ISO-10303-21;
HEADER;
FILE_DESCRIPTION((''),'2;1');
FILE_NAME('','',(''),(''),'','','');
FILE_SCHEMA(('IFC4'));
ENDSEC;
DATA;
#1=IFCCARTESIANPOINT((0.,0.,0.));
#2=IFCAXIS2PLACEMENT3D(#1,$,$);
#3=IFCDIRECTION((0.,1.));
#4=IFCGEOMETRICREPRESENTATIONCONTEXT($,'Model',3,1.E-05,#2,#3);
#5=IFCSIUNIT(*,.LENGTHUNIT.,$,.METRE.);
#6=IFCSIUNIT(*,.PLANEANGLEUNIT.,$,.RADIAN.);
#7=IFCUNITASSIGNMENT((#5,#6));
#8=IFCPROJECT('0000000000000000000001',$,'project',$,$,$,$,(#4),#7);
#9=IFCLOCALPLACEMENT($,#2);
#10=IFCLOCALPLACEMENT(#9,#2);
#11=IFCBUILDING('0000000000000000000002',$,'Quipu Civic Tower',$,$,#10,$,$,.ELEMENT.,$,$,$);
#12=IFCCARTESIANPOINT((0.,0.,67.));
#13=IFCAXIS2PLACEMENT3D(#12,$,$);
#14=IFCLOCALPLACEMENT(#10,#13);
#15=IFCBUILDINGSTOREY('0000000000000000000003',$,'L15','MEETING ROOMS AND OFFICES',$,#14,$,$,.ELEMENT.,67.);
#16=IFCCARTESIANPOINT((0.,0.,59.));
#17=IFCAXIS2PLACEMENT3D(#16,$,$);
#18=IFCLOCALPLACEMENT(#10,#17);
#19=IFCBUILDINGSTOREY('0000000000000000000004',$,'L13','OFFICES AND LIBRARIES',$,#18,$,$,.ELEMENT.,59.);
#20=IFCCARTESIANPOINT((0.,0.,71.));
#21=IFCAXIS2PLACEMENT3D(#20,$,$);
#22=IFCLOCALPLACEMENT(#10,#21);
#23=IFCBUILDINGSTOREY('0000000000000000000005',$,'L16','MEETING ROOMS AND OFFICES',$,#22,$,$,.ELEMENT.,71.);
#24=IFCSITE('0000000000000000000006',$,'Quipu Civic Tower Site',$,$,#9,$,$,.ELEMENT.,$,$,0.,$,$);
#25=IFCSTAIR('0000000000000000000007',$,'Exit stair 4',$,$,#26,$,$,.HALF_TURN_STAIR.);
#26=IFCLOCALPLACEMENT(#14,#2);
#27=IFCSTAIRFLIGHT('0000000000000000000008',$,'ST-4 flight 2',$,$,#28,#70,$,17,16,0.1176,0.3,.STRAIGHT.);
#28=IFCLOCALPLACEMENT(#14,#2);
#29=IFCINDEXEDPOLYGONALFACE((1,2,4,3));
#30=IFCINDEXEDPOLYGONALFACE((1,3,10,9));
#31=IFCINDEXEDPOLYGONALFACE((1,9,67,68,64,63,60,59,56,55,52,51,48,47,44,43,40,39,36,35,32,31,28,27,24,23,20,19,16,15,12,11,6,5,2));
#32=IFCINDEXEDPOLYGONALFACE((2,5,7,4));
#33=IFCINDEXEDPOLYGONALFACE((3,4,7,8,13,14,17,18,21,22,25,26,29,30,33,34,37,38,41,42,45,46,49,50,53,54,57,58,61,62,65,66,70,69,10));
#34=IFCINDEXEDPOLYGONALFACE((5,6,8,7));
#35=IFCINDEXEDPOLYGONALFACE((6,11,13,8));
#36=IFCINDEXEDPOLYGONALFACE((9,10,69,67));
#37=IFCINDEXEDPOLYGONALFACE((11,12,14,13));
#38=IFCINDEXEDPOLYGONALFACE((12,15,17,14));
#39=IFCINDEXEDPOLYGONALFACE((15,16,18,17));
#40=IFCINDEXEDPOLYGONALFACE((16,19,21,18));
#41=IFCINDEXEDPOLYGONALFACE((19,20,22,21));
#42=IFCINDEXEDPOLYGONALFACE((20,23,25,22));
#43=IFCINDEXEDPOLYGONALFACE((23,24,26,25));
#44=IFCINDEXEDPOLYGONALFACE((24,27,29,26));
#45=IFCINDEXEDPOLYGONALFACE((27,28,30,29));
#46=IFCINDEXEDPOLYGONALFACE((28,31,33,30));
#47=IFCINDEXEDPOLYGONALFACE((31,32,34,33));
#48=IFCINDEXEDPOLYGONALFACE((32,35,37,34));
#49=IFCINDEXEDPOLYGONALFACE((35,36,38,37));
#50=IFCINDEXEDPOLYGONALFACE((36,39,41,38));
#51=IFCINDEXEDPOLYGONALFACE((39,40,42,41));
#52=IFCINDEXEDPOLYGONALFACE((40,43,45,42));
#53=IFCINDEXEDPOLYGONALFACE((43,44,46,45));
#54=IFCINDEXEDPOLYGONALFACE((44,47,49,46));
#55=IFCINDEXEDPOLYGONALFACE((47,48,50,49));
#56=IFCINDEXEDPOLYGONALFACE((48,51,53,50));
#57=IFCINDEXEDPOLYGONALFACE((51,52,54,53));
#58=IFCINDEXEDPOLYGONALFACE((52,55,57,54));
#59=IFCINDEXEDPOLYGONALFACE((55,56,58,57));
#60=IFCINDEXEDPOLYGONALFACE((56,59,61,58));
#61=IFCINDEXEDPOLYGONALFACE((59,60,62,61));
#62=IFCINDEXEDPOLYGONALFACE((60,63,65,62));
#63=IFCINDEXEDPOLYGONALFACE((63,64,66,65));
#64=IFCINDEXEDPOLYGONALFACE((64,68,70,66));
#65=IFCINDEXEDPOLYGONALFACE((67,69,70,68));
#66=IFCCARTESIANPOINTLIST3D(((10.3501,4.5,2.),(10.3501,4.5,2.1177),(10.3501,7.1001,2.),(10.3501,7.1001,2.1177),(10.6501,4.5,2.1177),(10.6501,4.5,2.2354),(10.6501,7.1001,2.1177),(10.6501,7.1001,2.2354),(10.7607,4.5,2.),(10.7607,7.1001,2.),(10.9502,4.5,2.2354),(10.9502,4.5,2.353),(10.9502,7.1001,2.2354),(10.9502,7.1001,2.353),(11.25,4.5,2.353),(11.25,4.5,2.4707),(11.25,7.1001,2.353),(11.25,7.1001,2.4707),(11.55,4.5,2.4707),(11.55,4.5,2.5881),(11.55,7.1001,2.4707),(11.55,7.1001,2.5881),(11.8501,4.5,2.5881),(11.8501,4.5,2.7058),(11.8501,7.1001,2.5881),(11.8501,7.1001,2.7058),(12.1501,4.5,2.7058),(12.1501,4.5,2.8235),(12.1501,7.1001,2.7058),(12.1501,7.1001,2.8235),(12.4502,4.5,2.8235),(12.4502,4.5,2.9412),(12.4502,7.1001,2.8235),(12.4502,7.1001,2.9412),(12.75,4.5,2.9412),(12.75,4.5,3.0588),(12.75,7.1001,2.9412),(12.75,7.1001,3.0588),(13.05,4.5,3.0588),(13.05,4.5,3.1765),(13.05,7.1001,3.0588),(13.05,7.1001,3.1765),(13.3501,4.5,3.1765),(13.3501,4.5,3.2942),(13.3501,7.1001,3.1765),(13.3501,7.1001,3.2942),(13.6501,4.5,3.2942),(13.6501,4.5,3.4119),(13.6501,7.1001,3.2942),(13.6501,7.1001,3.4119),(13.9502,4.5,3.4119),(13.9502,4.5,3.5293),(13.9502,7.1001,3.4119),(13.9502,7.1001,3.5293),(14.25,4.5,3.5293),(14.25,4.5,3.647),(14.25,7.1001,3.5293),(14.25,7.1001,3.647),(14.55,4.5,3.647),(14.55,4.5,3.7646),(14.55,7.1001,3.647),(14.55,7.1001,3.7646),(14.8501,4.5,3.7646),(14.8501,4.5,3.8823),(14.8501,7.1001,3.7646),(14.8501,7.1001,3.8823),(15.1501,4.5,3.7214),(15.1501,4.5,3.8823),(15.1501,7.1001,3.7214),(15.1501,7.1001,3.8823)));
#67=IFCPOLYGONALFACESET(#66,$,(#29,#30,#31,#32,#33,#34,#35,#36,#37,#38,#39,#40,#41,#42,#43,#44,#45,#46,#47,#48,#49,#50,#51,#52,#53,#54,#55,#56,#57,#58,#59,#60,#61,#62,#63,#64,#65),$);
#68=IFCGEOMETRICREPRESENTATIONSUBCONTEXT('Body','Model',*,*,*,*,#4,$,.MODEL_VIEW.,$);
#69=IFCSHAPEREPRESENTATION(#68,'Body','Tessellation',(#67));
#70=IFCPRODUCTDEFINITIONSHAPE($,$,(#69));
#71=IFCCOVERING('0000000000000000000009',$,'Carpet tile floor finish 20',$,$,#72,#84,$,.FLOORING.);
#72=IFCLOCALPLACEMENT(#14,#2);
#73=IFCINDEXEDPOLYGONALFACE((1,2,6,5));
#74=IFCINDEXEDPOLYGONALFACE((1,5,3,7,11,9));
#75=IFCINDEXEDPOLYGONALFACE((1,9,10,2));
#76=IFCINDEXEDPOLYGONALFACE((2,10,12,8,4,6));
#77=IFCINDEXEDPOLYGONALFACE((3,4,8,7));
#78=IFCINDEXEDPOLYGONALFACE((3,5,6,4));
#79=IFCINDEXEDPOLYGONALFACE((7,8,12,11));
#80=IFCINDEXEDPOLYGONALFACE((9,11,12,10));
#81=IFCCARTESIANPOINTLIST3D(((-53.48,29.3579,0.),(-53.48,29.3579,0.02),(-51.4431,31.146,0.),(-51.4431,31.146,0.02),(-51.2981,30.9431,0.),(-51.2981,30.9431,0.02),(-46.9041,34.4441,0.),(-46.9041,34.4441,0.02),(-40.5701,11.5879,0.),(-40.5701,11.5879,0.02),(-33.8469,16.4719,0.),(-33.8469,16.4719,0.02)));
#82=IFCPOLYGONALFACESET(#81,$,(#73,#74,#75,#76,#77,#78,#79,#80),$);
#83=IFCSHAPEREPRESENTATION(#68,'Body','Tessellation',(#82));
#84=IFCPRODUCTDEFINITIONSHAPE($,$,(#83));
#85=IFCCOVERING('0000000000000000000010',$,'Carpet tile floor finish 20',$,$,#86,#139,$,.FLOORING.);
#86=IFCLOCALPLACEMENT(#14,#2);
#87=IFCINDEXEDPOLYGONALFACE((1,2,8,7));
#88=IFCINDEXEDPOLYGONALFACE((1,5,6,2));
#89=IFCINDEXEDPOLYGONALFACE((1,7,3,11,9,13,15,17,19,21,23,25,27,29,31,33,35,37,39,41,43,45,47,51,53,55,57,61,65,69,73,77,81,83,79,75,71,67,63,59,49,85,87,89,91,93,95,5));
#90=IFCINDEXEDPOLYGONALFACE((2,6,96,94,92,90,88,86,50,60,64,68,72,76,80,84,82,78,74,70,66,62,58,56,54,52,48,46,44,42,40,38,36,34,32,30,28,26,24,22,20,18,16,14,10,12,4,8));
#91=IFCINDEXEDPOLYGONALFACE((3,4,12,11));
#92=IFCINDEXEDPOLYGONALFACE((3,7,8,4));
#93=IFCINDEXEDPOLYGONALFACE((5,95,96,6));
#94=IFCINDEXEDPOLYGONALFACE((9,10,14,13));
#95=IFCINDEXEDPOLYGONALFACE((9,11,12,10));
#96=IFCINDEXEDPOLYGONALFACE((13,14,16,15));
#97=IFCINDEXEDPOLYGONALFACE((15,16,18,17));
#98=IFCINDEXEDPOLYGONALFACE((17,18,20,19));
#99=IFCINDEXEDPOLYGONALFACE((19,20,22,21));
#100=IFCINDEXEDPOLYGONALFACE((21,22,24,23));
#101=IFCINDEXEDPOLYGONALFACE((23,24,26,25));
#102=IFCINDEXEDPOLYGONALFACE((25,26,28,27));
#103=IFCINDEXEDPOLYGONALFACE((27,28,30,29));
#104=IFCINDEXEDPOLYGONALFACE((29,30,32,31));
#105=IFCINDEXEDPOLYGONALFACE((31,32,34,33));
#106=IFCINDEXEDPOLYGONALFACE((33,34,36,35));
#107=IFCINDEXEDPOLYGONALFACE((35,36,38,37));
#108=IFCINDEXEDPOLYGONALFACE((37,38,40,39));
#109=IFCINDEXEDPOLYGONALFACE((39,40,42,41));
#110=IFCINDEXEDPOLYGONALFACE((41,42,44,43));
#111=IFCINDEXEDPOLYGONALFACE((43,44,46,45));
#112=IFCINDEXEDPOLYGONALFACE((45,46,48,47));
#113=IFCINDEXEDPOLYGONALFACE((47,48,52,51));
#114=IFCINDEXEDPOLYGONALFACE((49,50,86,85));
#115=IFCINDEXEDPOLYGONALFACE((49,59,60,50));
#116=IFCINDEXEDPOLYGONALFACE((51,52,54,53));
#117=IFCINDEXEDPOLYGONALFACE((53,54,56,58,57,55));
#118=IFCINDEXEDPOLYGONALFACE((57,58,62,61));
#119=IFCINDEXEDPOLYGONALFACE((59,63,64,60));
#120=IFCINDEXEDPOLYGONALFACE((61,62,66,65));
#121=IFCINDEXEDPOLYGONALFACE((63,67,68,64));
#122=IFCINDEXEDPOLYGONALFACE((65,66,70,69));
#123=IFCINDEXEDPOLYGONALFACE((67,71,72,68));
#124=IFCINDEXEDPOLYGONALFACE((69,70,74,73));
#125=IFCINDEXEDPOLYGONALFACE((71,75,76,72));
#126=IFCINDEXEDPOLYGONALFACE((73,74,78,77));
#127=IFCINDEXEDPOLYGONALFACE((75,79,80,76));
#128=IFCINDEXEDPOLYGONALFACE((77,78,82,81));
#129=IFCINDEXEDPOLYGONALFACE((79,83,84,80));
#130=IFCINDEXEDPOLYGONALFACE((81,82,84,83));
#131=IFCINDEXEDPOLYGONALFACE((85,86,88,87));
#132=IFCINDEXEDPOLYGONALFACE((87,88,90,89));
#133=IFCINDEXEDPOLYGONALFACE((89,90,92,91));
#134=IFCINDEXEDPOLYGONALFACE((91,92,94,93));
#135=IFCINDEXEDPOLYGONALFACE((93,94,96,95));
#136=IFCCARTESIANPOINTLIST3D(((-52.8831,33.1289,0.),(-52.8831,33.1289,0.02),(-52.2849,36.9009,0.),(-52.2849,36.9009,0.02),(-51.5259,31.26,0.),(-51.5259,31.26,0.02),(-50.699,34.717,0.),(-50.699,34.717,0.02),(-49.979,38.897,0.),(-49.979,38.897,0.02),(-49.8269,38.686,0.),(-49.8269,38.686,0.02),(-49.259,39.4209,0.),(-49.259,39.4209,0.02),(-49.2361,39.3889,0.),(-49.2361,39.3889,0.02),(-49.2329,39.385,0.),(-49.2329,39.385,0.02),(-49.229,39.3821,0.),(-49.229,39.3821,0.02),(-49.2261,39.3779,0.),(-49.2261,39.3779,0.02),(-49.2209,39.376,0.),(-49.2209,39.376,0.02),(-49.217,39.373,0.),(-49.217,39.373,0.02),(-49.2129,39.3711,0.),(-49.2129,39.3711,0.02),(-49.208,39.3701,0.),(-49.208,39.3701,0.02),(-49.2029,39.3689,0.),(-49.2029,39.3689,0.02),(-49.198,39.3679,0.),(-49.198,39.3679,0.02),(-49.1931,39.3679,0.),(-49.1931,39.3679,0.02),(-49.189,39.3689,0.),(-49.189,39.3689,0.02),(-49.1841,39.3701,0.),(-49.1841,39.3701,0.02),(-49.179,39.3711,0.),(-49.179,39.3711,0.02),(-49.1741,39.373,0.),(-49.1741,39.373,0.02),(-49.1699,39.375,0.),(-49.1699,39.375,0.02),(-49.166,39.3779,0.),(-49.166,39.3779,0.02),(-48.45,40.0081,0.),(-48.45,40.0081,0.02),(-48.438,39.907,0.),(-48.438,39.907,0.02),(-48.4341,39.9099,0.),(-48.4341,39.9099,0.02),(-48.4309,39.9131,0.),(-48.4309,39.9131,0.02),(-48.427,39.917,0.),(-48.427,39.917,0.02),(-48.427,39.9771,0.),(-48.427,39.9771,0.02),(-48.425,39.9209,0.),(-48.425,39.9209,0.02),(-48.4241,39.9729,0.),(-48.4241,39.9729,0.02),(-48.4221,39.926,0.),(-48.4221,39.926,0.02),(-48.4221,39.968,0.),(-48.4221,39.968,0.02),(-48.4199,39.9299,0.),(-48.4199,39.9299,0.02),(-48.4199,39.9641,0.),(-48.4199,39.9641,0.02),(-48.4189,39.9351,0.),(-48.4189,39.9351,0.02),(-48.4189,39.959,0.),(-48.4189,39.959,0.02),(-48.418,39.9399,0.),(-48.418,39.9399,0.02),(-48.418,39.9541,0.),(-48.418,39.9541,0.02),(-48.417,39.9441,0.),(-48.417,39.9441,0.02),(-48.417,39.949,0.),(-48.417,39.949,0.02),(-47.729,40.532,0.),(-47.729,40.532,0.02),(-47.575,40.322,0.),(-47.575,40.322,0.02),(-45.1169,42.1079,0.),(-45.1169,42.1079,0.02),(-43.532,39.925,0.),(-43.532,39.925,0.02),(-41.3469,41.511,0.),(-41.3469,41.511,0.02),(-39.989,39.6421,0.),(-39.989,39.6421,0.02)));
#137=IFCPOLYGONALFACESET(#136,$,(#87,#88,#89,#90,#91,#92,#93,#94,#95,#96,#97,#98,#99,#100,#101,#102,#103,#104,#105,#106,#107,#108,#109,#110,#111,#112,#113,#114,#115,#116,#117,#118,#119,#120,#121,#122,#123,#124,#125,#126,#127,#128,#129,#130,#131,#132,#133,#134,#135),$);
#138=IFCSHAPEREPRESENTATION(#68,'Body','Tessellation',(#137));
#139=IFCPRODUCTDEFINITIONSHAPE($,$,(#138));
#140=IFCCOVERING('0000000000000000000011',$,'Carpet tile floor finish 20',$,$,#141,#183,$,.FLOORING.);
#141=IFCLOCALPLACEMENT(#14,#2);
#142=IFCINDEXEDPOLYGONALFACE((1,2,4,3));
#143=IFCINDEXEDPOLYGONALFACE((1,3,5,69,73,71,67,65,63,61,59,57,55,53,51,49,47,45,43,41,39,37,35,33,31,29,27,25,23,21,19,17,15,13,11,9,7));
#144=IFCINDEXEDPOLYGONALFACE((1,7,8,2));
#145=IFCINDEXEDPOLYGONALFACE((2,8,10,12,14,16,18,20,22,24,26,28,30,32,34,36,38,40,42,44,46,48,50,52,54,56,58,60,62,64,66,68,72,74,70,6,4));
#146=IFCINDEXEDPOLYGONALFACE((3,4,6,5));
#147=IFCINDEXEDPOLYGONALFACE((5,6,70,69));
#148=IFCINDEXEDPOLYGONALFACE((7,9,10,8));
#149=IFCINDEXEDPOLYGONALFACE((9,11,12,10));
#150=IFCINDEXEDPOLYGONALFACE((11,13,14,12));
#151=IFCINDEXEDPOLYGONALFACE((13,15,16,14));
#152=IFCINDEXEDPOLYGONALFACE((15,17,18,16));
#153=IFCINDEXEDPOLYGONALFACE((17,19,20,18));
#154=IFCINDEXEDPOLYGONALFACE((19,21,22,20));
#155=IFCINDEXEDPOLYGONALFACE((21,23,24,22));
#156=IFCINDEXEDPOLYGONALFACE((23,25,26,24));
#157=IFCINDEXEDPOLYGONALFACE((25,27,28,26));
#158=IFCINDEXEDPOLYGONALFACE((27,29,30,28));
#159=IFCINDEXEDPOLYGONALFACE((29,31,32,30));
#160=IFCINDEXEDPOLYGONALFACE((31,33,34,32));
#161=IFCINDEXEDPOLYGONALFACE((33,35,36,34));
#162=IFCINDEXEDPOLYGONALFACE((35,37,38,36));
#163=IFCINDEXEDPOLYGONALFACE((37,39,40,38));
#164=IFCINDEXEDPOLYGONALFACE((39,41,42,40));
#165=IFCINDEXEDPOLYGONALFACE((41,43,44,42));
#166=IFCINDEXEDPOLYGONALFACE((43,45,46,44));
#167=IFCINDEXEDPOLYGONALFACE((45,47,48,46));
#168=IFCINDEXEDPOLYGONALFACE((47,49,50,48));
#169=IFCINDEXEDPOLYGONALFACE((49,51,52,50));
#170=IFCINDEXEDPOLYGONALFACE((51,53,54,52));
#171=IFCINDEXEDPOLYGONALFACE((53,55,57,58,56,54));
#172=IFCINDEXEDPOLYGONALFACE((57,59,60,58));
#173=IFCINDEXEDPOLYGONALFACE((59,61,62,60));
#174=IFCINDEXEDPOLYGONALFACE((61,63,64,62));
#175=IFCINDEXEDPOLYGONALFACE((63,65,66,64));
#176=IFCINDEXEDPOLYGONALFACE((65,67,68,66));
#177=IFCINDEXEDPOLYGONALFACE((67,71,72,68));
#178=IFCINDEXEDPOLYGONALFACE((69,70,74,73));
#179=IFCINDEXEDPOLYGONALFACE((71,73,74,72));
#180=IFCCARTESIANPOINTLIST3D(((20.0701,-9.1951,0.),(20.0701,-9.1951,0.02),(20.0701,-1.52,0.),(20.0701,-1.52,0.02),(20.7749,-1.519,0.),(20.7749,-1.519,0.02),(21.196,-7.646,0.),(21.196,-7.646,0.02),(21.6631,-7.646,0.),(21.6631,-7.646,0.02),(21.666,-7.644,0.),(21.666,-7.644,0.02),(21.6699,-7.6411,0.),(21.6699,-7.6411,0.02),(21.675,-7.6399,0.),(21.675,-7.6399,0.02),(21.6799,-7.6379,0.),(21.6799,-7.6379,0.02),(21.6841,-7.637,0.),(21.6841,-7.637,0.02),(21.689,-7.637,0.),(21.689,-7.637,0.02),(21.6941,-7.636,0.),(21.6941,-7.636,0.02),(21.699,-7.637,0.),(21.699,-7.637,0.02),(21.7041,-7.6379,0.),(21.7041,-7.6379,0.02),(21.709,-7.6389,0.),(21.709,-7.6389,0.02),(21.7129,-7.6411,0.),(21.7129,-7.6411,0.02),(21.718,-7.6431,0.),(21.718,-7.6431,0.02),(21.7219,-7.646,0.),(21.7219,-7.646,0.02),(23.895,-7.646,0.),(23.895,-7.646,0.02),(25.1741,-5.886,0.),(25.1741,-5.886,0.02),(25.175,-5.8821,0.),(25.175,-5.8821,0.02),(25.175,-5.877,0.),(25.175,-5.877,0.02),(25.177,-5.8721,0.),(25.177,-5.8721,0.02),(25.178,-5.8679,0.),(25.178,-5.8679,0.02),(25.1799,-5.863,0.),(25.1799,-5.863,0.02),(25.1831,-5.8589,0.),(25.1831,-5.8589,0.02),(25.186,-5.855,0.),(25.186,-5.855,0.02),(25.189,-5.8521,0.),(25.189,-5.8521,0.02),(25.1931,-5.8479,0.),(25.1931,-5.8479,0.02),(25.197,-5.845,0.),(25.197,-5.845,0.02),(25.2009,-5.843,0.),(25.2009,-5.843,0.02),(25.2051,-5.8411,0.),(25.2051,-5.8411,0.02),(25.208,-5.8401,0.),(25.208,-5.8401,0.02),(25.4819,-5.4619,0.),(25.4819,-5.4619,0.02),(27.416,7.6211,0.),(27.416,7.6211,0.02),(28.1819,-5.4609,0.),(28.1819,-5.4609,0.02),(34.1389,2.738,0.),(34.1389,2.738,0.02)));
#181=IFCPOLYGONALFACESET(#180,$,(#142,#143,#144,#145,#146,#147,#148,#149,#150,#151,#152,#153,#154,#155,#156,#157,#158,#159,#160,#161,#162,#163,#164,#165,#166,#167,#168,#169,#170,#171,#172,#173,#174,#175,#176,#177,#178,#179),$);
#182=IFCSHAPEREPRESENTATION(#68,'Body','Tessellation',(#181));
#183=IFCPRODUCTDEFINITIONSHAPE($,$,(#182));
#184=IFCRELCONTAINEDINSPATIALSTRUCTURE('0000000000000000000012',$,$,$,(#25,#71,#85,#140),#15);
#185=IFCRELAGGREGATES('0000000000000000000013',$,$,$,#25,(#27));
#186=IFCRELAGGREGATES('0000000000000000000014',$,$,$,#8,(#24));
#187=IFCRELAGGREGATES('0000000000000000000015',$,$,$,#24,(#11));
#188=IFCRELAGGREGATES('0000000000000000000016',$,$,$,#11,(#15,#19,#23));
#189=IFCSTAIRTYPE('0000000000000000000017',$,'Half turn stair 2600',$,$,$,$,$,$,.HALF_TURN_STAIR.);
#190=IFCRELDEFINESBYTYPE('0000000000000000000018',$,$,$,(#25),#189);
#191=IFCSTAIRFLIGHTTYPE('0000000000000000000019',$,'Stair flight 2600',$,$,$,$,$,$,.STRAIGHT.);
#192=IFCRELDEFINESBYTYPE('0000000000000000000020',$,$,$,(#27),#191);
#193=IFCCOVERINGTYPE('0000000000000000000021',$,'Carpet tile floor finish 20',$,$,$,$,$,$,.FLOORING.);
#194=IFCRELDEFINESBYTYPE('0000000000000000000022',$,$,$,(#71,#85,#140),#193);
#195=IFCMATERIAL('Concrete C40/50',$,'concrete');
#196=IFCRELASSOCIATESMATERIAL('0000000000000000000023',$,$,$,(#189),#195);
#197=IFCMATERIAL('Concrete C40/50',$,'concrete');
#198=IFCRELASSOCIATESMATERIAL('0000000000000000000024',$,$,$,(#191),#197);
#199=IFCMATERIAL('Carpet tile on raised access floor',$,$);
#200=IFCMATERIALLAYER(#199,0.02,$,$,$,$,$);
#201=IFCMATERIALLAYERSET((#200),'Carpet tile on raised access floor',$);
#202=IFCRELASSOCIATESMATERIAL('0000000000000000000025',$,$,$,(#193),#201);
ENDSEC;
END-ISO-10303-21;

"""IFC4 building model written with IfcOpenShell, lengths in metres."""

from ifc_helpers import new_model, si_unit, direction, frame, origin, place, context, subcontext, project, spatial, polyline, outline, extrude, material, layer, layer_set, type_object, element, aggregate, save


model = new_model("IFC4")

# Units and contexts
model_context = context("Model", 3, precision=1e-05, world=origin(), true_north=direction((0.0, 1.0)))
body_context = subcontext(model_context, "Body", "Model", "MODEL_VIEW")
ifc_project = project(units=[si_unit("LENGTHUNIT", "METRE"), si_unit("PLANEANGLEUNIT", "RADIAN")], contexts=[model_context])

# Site, building, storey
site_placement = place(None, origin())
site = spatial("IfcSite", under=ifc_project, at=site_placement, Name="Quipu Civic Tower Site", CompositionType="ELEMENT", RefElevation=0.0)
building_placement = place(site_placement, origin())
building = spatial("IfcBuilding", under=site, at=building_placement, Name="Quipu Civic Tower", CompositionType="ELEMENT")
storey_1_placement = place(building_placement, frame((0.0, 0.0, 67.0)))
storey_1 = spatial("IfcBuildingStorey", under=building, at=storey_1_placement, Name="L15", Description="MEETING ROOMS AND OFFICES", CompositionType="ELEMENT", Elevation=67.0)

# Shared definitions
storey_2_placement = place(building_placement, frame((0.0, 0.0, 59.0)))
storey_2 = spatial("IfcBuildingStorey", under=building, at=storey_2_placement, Name="L13", Description="OFFICES AND LIBRARIES", CompositionType="ELEMENT", Elevation=59.0)

# Shared definitions
storey_3_placement = place(building_placement, frame((0.0, 0.0, 71.0)))
storey_3 = spatial("IfcBuildingStorey", under=building, at=storey_3_placement, Name="L16", Description="MEETING ROOMS AND OFFICES", CompositionType="ELEMENT", Elevation=71.0)

# Stair, stair flight
ifc_material_1 = material(Name="Concrete C40/50", Category="concrete")
stair_type = type_object("IfcStairType", Name="Half turn stair 2600", PredefinedType="HALF_TURN_STAIR", material=ifc_material_1)
stair_placement = place(storey_1_placement, origin())
stair = element("IfcStair", 1, at=stair_placement, inside=storey_1, type_object=stair_type, Name="Exit stair 4", PredefinedType="HALF_TURN_STAIR")
ifc_material_2 = material(Name="Concrete C40/50", Category="concrete")
stair_flight_type = type_object("IfcStairFlightType", Name="Stair flight 2600", PredefinedType="STRAIGHT", material=ifc_material_2)
stair_flight_placement = place(storey_1_placement, frame((10.3501, 5.8, 2.0), z_axis=(0.0, 0.0, 1.0), x_axis=(1.0, 0.0, 0.0)))
stair_flight = element("IfcStairFlight", 2, at=stair_flight_placement, type_object=stair_flight_type, Name="ST-4 flight 2", NumberOfRisers=17, NumberOfTreads=16, PredefinedType="STRAIGHT", RiserHeight=0.1176, TreadLength=0.3, context=body_context, shape_type="SweptSolid", body=[
    extrude(outline(polyline([(0.0, 0.0), (0.0, 0.1177), (0.3, 0.1177), (0.3, 0.2354), (0.6001, 0.2354), (0.6001, 0.353), (0.8999, 0.353), (0.8999, 0.4707), (1.2, 0.4707), (1.2, 0.5881), (1.5, 0.5881), (1.5, 0.7058), (1.8, 0.7058), (1.8, 0.8235), (2.1001, 0.8235), (2.1001, 0.9412), (2.3999, 0.9412), (2.3999, 1.0588), (2.7, 1.0588), (2.7, 1.1765), (3.0, 1.1765), (3.0, 1.2942), (3.3, 1.2942), (3.3, 1.4119), (3.6001, 1.4119), (3.6001, 1.5293), (3.8999, 1.5293), (3.8999, 1.647), (4.2, 1.647), (4.2, 1.7646), (4.5, 1.7646), (4.5, 1.8823), (4.8, 1.8823), (4.8, 2.0), (4.8, 1.7214), (0.4106, 0.0), (0.0, 0.0)])), frame((0.0, 1.3, 0.0), z_axis=(0.0, -1.0, 0.0), x_axis=(1.0, 0.0, 0.0)), (0.0, 0.0, 1.0), 2.6001),
])
aggregate(stair, [stair_flight])

# Coverings
ifc_material_3 = material(Name="Carpet tile on raised access floor")
ifc_layer_1 = layer(ifc_material_3, 0.02)
ifc_layer_set_1 = layer_set([ifc_layer_1], Name="Carpet tile on raised access floor")
covering_type_1 = type_object("IfcCoveringType", Name="Carpet tile floor finish 20", PredefinedType="FLOORING", material=ifc_layer_set_1)
covering_1_placement = place(storey_1_placement, origin())
element("IfcCovering", 3, at=covering_1_placement, inside=storey_1, type_object=covering_type_1, Name="Carpet tile floor finish 20", PredefinedType="FLOORING", context=body_context, shape_type="SweptSolid", body=[
    extrude(outline(polyline([(-53.48, 29.3579), (-51.2981, 30.9431), (-51.4431, 31.146), (-46.9041, 34.4441), (-33.8469, 16.4719), (-40.5701, 11.5879), (-53.48, 29.3579)])), origin(), (0.0, 0.0, 1.0), 0.02),
])
covering_2_placement = place(storey_1_placement, origin())
element("IfcCovering", 4, at=covering_2_placement, inside=storey_1, type_object=covering_type_1, Name="Carpet tile floor finish 20", PredefinedType="FLOORING", context=body_context, shape_type="SweptSolid", body=[
    extrude(outline(polyline([(-52.8831, 33.1289), (-50.699, 34.717), (-52.2849, 36.9009), (-49.8269, 38.686), (-49.979, 38.897), (-49.259, 39.4209), (-49.2361, 39.3889), (-49.2329, 39.385), (-49.229, 39.3821), (-49.2261, 39.3779), (-49.2209, 39.376), (-49.217, 39.373), (-49.2129, 39.3711), (-49.208, 39.3701), (-49.2029, 39.3689), (-49.198, 39.3679), (-49.1931, 39.3679), (-49.189, 39.3689), (-49.1841, 39.3701), (-49.179, 39.3711), (-49.1741, 39.373), (-49.1699, 39.375), (-49.166, 39.3779), (-48.438, 39.907), (-48.4341, 39.9099), (-48.4309, 39.9131), (-48.427, 39.917), (-48.425, 39.9209), (-48.4221, 39.926), (-48.4199, 39.9299), (-48.4189, 39.9351), (-48.418, 39.9399), (-48.417, 39.9441), (-48.417, 39.949), (-48.418, 39.9541), (-48.4189, 39.959), (-48.4199, 39.9641), (-48.4221, 39.968), (-48.4241, 39.9729), (-48.427, 39.9771), (-48.45, 40.0081), (-47.729, 40.532), (-47.575, 40.322), (-45.1169, 42.1079), (-43.532, 39.925), (-41.3469, 41.511), (-39.989, 39.6421), (-51.5259, 31.26), (-52.8831, 33.1289)])), origin(), (0.0, 0.0, 1.0), 0.02),
])
covering_3_placement = place(storey_1_placement, origin())
element("IfcCovering", 5, at=covering_3_placement, inside=storey_1, type_object=covering_type_1, Name="Carpet tile floor finish 20", PredefinedType="FLOORING", context=body_context, shape_type="SweptSolid", body=[
    extrude(outline(polyline([(20.0701, -9.1951), (20.0701, -1.52), (20.7749, -1.519), (27.416, 7.6211), (34.1389, 2.738), (28.1819, -5.4609), (25.4819, -5.4619), (25.208, -5.8401), (25.2051, -5.8411), (25.2009, -5.843), (25.197, -5.845), (25.1931, -5.8479), (25.189, -5.8521), (25.186, -5.855), (25.1831, -5.8589), (25.1799, -5.863), (25.178, -5.8679), (25.177, -5.8721), (25.175, -5.877), (25.175, -5.8821), (25.1741, -5.886), (23.895, -7.646), (21.7219, -7.646), (21.7219, -7.646), (21.718, -7.6431), (21.7129, -7.6411), (21.709, -7.6389), (21.7041, -7.6379), (21.699, -7.637), (21.6941, -7.636), (21.689, -7.637), (21.6841, -7.637), (21.6799, -7.6379), (21.675, -7.6399), (21.6699, -7.6411), (21.666, -7.644), (21.6631, -7.646), (21.196, -7.646), (20.0701, -9.1951)])), origin(), (0.0, 0.0, 1.0), 0.02),
])

save(model, "model.ifc")
